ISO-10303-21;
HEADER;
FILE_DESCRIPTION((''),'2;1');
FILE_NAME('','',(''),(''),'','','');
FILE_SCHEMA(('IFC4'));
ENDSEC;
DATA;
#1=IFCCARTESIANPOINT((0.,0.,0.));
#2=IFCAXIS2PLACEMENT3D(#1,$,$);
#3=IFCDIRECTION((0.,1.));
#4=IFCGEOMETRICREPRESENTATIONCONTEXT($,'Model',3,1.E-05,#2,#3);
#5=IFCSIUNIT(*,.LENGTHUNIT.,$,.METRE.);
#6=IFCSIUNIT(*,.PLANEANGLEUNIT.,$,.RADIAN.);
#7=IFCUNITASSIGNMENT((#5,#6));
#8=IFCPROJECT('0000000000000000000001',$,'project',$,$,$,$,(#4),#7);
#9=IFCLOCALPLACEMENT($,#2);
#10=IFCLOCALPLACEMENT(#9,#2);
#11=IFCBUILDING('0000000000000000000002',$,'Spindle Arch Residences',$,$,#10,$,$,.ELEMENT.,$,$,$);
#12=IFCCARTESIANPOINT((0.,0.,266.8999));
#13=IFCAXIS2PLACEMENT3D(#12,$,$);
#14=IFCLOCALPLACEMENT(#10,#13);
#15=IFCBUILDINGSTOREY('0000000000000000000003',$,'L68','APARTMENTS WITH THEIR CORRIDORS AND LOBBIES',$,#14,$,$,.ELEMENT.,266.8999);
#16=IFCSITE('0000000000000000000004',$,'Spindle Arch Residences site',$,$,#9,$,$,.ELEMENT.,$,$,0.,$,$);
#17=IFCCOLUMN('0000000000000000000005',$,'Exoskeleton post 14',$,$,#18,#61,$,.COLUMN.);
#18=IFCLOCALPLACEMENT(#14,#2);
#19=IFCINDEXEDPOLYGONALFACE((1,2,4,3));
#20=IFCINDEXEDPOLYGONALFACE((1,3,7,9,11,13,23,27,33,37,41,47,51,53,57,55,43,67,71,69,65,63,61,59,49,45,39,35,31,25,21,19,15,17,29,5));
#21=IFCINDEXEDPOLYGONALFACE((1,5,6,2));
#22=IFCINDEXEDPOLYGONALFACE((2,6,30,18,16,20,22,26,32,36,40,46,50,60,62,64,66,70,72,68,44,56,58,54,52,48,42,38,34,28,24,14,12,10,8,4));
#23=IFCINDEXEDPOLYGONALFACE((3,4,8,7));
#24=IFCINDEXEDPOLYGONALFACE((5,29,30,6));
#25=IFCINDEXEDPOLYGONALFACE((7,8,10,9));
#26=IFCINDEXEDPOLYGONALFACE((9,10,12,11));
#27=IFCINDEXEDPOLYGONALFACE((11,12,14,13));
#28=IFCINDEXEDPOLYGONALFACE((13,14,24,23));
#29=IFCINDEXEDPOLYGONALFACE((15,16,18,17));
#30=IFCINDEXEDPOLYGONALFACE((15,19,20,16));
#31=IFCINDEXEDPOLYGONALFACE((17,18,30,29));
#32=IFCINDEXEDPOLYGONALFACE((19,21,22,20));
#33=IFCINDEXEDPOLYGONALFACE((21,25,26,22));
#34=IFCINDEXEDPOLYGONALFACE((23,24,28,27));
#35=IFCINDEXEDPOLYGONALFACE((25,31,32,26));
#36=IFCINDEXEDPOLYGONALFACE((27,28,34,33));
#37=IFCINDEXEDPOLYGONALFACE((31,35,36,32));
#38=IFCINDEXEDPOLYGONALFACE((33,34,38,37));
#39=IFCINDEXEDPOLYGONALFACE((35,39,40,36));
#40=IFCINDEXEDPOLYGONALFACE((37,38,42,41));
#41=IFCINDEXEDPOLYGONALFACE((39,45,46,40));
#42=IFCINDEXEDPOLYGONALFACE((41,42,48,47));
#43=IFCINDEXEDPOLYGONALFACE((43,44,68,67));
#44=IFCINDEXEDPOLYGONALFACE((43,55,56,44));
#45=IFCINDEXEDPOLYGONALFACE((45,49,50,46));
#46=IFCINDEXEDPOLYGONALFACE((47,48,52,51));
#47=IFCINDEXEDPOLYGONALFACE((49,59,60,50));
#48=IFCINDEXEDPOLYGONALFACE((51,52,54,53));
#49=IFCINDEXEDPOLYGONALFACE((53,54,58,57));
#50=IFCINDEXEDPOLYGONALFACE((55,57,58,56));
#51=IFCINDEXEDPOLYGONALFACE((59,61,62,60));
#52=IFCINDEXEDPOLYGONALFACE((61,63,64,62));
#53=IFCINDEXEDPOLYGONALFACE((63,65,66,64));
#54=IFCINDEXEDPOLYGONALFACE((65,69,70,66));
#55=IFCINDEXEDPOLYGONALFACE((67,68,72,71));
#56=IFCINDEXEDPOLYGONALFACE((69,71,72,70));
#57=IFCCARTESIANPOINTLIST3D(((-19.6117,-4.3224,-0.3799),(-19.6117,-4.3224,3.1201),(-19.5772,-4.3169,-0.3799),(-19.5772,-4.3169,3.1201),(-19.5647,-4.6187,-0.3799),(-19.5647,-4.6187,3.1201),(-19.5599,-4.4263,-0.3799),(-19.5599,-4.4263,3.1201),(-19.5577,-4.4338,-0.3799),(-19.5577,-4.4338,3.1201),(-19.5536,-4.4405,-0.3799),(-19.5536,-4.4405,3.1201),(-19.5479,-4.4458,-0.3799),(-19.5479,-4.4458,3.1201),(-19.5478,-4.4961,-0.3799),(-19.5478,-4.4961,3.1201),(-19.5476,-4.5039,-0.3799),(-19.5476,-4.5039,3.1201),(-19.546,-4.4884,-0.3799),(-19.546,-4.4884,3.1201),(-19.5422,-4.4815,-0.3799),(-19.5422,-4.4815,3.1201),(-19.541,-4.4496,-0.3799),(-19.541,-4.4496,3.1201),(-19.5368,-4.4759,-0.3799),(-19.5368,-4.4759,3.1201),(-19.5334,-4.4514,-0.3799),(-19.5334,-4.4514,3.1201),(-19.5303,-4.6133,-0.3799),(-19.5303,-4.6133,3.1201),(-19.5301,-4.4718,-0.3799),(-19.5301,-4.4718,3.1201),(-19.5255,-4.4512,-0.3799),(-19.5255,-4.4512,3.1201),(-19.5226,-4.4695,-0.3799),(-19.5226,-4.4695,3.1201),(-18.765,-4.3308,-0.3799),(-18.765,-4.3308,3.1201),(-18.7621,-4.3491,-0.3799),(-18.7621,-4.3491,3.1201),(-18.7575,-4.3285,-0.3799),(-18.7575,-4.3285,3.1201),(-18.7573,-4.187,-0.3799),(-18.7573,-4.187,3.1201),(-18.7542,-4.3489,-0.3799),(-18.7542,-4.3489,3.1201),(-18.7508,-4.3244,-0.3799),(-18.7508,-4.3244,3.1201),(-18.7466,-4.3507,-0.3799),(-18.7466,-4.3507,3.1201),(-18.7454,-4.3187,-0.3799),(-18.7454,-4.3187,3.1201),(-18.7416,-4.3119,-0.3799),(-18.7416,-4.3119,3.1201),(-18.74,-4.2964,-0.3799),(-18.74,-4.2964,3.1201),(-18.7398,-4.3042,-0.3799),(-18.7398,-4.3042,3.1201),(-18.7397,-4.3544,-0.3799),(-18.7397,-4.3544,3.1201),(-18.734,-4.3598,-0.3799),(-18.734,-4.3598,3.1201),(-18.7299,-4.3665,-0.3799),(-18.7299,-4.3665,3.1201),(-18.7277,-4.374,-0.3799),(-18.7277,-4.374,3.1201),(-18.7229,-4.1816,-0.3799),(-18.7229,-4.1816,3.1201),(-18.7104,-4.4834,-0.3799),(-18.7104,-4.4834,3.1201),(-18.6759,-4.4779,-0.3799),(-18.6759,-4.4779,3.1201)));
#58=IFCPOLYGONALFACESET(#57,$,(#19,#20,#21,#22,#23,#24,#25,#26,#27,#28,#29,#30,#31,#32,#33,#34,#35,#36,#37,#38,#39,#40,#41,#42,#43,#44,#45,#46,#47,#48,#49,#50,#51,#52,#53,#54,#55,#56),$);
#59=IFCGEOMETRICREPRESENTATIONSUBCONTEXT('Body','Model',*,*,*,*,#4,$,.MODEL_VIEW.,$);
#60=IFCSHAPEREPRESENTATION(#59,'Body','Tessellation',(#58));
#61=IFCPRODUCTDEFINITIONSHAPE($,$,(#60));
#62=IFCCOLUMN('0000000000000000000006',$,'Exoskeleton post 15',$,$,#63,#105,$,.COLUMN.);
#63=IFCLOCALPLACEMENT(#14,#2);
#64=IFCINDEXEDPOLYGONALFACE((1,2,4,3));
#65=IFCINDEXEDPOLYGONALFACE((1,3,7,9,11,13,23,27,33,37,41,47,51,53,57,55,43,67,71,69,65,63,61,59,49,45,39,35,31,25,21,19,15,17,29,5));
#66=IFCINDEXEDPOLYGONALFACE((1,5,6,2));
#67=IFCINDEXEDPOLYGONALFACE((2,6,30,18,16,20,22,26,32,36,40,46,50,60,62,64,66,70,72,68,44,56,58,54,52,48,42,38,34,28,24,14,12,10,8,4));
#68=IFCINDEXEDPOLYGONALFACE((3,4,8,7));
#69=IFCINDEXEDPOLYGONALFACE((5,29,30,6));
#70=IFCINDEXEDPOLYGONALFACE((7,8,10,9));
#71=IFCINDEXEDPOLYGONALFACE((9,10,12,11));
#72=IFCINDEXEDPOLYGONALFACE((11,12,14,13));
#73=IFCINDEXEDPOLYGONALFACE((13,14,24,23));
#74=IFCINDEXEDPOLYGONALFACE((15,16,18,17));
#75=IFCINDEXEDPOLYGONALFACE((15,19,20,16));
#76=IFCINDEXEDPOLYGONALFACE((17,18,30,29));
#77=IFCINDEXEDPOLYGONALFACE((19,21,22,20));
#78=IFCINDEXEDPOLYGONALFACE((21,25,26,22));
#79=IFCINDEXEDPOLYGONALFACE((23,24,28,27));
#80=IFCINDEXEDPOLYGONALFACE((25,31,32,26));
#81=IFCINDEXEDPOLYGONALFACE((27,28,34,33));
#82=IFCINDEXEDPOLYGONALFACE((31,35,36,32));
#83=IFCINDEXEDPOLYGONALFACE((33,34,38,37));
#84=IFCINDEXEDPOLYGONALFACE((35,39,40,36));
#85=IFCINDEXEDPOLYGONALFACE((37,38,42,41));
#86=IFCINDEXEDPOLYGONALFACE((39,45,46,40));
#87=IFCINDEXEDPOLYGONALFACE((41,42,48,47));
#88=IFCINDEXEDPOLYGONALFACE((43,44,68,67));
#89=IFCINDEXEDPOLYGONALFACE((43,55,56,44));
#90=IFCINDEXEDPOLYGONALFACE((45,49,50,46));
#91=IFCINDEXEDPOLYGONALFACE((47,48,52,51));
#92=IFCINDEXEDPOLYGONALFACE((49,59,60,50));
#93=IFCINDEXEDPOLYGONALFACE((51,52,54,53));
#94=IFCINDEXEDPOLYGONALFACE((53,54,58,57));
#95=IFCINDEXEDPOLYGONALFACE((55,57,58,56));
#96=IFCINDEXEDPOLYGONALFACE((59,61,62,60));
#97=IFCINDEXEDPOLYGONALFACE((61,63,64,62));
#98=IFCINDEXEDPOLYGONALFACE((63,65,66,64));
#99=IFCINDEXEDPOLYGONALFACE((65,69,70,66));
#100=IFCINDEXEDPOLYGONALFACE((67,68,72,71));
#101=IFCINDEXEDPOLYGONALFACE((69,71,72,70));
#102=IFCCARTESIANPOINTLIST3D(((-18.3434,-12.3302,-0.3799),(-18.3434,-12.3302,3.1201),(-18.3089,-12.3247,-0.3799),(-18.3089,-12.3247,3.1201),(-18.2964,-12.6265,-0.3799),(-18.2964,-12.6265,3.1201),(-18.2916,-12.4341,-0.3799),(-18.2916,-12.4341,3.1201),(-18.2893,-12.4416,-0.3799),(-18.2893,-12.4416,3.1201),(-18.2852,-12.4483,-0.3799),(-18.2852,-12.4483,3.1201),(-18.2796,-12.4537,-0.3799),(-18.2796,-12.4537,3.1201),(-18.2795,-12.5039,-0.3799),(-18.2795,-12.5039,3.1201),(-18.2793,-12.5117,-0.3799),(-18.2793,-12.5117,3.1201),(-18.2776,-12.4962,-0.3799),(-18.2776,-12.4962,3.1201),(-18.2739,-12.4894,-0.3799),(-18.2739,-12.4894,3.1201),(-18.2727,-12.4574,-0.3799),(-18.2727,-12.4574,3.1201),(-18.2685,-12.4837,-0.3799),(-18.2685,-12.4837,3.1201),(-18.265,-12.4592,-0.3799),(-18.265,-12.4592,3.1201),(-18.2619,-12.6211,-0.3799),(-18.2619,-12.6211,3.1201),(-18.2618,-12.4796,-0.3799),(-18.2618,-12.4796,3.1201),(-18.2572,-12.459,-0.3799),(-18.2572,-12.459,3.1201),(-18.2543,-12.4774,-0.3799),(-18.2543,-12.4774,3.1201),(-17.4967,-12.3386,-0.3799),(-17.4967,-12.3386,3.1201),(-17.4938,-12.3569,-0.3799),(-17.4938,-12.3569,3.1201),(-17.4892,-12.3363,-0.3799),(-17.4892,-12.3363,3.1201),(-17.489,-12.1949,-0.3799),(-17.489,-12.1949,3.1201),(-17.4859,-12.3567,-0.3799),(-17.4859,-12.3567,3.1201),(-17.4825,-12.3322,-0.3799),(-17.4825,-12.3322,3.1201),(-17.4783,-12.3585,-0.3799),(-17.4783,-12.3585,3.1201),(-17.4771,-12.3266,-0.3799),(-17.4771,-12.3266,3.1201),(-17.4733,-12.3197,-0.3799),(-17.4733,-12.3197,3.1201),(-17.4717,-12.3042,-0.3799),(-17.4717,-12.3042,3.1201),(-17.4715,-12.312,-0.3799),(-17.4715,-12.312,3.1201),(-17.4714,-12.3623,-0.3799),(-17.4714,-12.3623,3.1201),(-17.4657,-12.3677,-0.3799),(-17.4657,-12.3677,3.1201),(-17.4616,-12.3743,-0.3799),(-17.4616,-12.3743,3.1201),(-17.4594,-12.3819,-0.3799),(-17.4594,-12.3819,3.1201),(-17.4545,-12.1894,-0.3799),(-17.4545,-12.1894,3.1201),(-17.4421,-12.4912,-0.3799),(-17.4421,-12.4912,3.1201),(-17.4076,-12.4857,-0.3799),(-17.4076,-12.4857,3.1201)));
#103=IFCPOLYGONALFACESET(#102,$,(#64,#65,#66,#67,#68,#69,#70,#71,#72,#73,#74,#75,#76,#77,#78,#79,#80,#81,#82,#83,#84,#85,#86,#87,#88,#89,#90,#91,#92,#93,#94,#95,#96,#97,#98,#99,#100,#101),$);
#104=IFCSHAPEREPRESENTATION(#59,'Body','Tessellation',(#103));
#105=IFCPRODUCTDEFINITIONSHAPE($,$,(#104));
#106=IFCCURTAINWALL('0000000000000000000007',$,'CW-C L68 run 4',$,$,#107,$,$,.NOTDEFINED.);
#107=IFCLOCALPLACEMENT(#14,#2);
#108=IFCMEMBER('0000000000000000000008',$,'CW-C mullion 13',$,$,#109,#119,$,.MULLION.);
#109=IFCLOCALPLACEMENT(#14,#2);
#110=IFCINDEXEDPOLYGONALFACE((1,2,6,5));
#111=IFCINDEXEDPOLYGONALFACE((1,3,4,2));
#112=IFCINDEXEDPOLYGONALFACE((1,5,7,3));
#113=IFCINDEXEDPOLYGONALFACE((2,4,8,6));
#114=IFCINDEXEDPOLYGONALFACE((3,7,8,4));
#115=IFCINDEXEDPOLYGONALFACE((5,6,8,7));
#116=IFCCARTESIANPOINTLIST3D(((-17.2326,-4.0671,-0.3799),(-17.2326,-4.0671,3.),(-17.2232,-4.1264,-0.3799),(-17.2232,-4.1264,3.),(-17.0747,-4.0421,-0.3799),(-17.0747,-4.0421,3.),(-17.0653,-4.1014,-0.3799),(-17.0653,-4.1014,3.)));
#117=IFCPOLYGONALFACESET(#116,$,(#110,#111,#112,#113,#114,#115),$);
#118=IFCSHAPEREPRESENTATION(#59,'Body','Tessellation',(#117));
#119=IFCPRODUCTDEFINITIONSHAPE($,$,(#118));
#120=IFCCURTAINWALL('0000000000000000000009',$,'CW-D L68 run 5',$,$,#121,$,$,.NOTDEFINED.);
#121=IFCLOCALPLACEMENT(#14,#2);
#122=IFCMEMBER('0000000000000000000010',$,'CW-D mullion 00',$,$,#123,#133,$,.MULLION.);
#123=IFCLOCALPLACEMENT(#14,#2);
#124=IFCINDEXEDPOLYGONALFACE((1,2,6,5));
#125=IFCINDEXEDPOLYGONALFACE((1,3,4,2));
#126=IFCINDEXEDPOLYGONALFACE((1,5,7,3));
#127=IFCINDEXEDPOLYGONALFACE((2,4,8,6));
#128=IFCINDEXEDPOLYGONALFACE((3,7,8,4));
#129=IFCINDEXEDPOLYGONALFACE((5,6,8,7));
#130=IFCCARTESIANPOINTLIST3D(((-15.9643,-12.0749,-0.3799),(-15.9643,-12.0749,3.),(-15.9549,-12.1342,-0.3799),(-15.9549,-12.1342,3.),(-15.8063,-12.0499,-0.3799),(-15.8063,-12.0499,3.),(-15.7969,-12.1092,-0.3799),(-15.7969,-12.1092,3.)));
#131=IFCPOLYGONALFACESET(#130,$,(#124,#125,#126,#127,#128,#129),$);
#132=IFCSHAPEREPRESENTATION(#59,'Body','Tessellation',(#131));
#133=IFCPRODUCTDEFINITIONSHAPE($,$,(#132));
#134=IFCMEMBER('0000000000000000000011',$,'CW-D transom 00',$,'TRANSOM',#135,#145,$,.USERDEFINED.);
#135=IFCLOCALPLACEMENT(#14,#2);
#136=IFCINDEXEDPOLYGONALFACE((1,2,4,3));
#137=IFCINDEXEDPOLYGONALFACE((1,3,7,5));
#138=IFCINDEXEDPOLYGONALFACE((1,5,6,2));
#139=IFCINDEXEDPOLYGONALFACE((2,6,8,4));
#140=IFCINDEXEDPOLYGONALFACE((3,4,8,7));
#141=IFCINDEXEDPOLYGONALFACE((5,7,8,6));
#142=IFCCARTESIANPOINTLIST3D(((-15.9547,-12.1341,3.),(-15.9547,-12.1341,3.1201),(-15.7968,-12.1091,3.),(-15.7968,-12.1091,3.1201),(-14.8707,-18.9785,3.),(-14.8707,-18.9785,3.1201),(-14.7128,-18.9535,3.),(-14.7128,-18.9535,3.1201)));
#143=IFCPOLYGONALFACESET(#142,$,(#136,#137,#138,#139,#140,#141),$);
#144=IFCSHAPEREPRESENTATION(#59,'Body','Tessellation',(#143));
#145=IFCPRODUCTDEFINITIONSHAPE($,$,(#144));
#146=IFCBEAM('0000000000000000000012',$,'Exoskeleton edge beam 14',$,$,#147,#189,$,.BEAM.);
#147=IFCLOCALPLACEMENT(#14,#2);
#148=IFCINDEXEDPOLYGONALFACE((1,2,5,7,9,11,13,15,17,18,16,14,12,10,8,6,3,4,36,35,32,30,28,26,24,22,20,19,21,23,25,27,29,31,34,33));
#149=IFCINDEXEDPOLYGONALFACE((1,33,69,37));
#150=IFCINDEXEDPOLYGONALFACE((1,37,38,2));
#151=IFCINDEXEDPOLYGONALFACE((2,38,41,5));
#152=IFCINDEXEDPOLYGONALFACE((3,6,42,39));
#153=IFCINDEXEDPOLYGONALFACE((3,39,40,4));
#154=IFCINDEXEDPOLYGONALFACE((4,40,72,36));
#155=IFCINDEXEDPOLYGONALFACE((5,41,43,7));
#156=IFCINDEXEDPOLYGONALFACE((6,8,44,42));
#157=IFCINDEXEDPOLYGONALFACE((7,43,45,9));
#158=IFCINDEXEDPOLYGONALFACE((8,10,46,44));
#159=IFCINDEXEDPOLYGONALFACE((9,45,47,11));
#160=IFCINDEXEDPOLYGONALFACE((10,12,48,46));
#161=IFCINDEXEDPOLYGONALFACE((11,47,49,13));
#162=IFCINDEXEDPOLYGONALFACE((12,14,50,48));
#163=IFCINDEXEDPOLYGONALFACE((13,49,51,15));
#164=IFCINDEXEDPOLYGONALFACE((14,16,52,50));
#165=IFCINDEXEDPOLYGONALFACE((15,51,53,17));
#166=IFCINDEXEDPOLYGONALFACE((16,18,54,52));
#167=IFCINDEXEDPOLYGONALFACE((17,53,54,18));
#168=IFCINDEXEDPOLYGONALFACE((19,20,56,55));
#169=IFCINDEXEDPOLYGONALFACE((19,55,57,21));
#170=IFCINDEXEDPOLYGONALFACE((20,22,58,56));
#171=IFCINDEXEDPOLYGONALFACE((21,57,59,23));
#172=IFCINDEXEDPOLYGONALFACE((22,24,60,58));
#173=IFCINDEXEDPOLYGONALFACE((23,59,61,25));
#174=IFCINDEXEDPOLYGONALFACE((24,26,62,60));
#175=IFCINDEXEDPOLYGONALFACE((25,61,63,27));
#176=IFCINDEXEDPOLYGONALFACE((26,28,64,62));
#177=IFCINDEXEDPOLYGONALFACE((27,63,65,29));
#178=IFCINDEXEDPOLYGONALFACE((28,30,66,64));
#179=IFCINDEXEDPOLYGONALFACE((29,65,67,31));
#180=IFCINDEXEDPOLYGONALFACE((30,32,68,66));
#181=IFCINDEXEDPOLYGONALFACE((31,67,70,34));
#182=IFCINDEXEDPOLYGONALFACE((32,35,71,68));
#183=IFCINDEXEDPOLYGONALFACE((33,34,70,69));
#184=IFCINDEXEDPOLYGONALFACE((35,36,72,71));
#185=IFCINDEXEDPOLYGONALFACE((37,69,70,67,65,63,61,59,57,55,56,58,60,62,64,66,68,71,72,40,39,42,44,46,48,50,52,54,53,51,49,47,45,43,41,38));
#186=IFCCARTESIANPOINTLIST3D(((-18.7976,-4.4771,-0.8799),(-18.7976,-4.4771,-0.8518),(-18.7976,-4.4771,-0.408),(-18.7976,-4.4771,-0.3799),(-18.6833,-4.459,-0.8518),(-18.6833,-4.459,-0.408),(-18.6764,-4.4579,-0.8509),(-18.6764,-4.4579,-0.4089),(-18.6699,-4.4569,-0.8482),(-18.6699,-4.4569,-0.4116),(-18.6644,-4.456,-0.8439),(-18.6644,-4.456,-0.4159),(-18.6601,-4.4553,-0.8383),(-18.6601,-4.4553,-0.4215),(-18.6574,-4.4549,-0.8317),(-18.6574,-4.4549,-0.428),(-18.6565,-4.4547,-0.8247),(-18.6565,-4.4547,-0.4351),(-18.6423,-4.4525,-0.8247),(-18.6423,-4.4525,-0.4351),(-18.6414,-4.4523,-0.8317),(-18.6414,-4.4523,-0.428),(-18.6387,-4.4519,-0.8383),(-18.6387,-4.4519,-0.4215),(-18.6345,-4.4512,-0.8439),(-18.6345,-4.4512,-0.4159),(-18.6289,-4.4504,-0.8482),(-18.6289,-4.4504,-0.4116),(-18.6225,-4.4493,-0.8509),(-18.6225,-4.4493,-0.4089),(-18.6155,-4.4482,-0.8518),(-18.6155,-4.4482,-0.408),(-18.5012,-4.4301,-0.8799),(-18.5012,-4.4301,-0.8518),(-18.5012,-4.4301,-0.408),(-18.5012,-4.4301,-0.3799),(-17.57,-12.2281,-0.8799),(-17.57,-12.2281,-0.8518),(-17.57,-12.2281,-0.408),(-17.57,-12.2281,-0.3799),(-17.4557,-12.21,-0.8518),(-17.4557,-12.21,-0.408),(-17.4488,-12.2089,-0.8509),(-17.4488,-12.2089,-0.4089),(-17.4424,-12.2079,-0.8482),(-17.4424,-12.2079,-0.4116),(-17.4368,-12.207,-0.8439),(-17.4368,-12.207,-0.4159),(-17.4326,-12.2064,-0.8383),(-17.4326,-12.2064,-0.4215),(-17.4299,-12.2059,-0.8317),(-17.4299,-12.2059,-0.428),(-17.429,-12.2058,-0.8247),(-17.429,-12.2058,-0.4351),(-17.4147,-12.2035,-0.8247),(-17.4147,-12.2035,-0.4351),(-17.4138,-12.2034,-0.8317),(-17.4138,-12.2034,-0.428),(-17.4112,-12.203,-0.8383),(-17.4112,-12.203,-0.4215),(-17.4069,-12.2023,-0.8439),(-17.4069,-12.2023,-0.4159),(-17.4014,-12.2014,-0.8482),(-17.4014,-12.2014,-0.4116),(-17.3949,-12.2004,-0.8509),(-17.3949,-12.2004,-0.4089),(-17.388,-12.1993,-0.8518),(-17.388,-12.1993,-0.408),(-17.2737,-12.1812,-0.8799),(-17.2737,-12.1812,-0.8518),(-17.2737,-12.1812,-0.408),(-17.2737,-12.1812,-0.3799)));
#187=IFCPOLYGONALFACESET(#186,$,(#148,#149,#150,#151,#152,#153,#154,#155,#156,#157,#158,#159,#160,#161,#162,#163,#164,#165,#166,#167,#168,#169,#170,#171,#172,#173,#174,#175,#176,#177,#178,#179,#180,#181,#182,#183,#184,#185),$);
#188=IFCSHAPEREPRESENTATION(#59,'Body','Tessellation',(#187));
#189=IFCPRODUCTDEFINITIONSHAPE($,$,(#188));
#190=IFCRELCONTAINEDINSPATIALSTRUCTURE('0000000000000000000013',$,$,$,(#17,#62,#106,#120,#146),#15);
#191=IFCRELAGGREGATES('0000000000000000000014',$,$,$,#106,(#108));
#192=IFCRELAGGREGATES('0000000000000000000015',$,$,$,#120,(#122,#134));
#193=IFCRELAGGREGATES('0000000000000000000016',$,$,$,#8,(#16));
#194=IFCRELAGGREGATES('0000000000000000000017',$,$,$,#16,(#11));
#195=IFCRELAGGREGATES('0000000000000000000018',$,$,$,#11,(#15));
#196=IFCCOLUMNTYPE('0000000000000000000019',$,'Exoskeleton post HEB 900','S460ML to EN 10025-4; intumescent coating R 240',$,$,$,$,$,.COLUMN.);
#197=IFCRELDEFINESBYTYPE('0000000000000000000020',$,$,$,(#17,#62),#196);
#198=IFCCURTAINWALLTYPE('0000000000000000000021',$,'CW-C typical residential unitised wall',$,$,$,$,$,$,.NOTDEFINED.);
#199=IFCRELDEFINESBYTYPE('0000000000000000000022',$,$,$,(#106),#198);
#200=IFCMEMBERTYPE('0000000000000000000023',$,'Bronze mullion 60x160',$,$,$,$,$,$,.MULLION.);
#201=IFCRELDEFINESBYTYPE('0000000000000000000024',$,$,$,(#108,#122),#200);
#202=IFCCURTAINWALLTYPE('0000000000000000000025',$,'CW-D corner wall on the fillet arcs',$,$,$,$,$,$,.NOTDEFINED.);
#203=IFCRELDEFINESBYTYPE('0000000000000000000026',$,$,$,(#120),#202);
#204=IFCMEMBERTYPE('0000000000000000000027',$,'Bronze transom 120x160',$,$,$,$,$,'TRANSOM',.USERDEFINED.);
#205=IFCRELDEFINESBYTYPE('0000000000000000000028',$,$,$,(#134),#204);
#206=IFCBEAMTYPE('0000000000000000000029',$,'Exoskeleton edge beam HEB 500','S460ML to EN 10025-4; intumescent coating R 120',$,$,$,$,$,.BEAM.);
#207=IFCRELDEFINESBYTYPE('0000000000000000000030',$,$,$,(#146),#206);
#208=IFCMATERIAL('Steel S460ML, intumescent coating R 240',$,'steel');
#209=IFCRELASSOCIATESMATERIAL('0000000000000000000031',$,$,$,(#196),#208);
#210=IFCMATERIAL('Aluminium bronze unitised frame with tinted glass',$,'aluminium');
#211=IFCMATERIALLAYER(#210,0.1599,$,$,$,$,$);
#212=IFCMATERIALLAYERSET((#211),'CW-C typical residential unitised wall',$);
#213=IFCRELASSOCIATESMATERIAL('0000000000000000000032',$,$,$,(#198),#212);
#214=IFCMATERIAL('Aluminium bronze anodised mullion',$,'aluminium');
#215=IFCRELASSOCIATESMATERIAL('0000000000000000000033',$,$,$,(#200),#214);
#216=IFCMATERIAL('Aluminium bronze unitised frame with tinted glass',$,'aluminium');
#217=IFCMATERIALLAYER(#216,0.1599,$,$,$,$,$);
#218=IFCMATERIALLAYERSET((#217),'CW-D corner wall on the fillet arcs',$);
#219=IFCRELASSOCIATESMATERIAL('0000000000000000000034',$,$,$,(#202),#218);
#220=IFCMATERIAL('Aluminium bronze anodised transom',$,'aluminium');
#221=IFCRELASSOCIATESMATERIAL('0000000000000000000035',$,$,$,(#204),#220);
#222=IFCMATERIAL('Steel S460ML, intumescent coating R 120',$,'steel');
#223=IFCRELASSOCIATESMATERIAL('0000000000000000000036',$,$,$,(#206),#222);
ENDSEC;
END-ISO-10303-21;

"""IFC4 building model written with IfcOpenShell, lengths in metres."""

from ifc_helpers import new_model, si_unit, direction, frame, origin, origin_2d, place, context, subcontext, project, spatial, rectangle, i_section, extrude, material, layer, layer_set, material_profile, profile_set, type_object, element, aggregate, save


model = new_model("IFC4")

# Units and contexts
model_context = context("Model", 3, precision=1e-05, world=origin(), true_north=direction((0.0, 1.0)))
body_context = subcontext(model_context, "Body", "Model", "MODEL_VIEW")
ifc_project = project(units=[si_unit("LENGTHUNIT", "METRE"), si_unit("PLANEANGLEUNIT", "RADIAN")], contexts=[model_context])

# Site, building, storey
site_placement = place(None, origin())
site = spatial("IfcSite", under=ifc_project, at=site_placement, Name="Spindle Arch Residences site", CompositionType="ELEMENT", RefElevation=0.0)
building_placement = place(site_placement, origin())
building = spatial("IfcBuilding", under=site, at=building_placement, Name="Spindle Arch Residences", CompositionType="ELEMENT")
storey_placement = place(building_placement, frame((0.0, 0.0, 266.8999)))
storey = spatial("IfcBuildingStorey", under=building, at=storey_placement, Name="L68", Description="APARTMENTS WITH THEIR CORRIDORS AND LOBBIES", CompositionType="ELEMENT", Elevation=266.8999)

# Columns
ifc_material_1 = material(Name="Steel S460ML, intumescent coating R 240", Category="steel")
ifc_material_profile_1 = material_profile(ifc_material_1, i_section(OverallWidth=0.3, OverallDepth=0.8999, WebThickness=0.0186, FlangeThickness=0.0349, FilletRadius=0.03, at=origin_2d()), Name="HEB 900")
ifc_profile_set_1 = profile_set([ifc_material_profile_1], Name="Steel S460ML, intumescent coating R 240")
column_type = type_object("IfcColumnType", Name="Exoskeleton post HEB 900", Description="S460ML to EN 10025-4; intumescent coating R 240", PredefinedType="COLUMN", material=ifc_profile_set_1)
for number, where, z_axis, x_axis, name in (
    (1, (-19.1438, -4.4001, -0.3799), (0.0, 0.0, 1.0), (-0.156434, 0.987688, 0.0), "Exoskeleton post 14"),
    (2, (-17.8755, -12.408, -0.3799), (0.0, 0.0, 1.0), (-0.156434, 0.987688, 0.0), "Exoskeleton post 15"),
):
    element("IfcColumn", number, at=place(storey_placement, frame(where, z_axis=z_axis, x_axis=x_axis)), inside=storey, type_object=column_type, Name=name, PredefinedType="COLUMN", context=body_context, shape_type="SweptSolid", body=[
        extrude(i_section(OverallWidth=0.3, OverallDepth=0.8999, WebThickness=0.0186, FlangeThickness=0.0349, FilletRadius=0.03, at=origin_2d()), origin(), (0.0, 0.0, 1.0), 3.5),
    ])

# Curtain wall, member
ifc_material_2 = material(Name="Aluminium bronze unitised frame with tinted glass", Category="aluminium")
ifc_layer_1 = layer(ifc_material_2, 0.1599)
ifc_layer_set_1 = layer_set([ifc_layer_1], Name="CW-C typical residential unitised wall")
curtain_wall_type_1 = type_object("IfcCurtainWallType", Name="CW-C typical residential unitised wall", PredefinedType="NOTDEFINED", material=ifc_layer_set_1)
curtain_wall_1_placement = place(storey_placement, origin())
curtain_wall_1 = element("IfcCurtainWall", 3, at=curtain_wall_1_placement, inside=storey, type_object=curtain_wall_type_1, Name="CW-C L68 run 4", PredefinedType="NOTDEFINED")
ifc_material_3 = material(Name="Aluminium bronze anodised mullion", Category="aluminium")
ifc_material_profile_2 = material_profile(ifc_material_3, rectangle(XDim=0.1599, YDim=0.0601, at=origin_2d()), Name="MU 60x160")
ifc_profile_set_2 = profile_set([ifc_material_profile_2], Name="Aluminium bronze anodised mullion")
member_type_1 = type_object("IfcMemberType", Name="Bronze mullion 60x160", PredefinedType="MULLION", material=ifc_profile_set_2)
member_1_placement = place(storey_placement, frame((-17.1489, -4.0842, -0.3799), z_axis=(0.0, 0.0, 1.0), x_axis=(0.987688, 0.156434, 0.0)))
member_1 = element("IfcMember", 4, at=member_1_placement, type_object=member_type_1, Name="CW-C mullion 13", PredefinedType="MULLION", context=body_context, shape_type="SweptSolid", body=[
    extrude(rectangle(XDim=0.1599, YDim=0.0601, at=origin_2d()), origin(), (0.0, 0.0, 1.0), 3.3799),
])

# Curtain wall, members
ifc_material_4 = material(Name="Aluminium bronze unitised frame with tinted glass", Category="aluminium")
ifc_layer_2 = layer(ifc_material_4, 0.1599)
ifc_layer_set_2 = layer_set([ifc_layer_2], Name="CW-D corner wall on the fillet arcs")
curtain_wall_type_2 = type_object("IfcCurtainWallType", Name="CW-D corner wall on the fillet arcs", PredefinedType="NOTDEFINED", material=ifc_layer_set_2)
curtain_wall_2_placement = place(storey_placement, origin())
curtain_wall_2 = element("IfcCurtainWall", 5, at=curtain_wall_2_placement, inside=storey, type_object=curtain_wall_type_2, Name="CW-D L68 run 5", PredefinedType="NOTDEFINED")
member_2_placement = place(storey_placement, frame((-15.8806, -12.092, -0.3799), z_axis=(0.0, 0.0, 1.0), x_axis=(0.987688, 0.156434, 0.0)))
member_2 = element("IfcMember", 6, at=member_2_placement, type_object=member_type_1, Name="CW-D mullion 00", PredefinedType="MULLION", context=body_context, shape_type="SweptSolid", body=[
    extrude(rectangle(XDim=0.1599, YDim=0.0601, at=origin_2d()), origin(), (0.0, 0.0, 1.0), 3.3799),
])
ifc_material_5 = material(Name="Aluminium bronze anodised transom", Category="aluminium")
ifc_material_profile_3 = material_profile(ifc_material_5, rectangle(XDim=0.1599, YDim=0.1201, at=origin_2d()), Name="TR 120x160")
ifc_profile_set_3 = profile_set([ifc_material_profile_3], Name="Aluminium bronze anodised transom")
member_type_2 = type_object("IfcMemberType", Name="Bronze transom 120x160", ElementType="TRANSOM", PredefinedType="USERDEFINED", material=ifc_profile_set_3)
member_3_placement = place(storey_placement, frame((-15.8757, -12.1216, 3.0601), z_axis=(0.156424, -0.98769, 0.0), x_axis=(0.98769, 0.156424, 0.0)))
member_3 = element("IfcMember", 7, at=member_3_placement, type_object=member_type_2, Name="CW-D transom 00", ObjectType="TRANSOM", PredefinedType="USERDEFINED", context=body_context, shape_type="SweptSolid", body=[
    extrude(rectangle(XDim=0.1599, YDim=0.1201, at=origin_2d()), origin(), (0.0, 0.0, 1.0), 6.9297),
])

# Beam
ifc_material_6 = material(Name="Steel S460ML, intumescent coating R 120", Category="steel")
ifc_material_profile_4 = material_profile(ifc_material_6, i_section(OverallWidth=0.3, OverallDepth=0.5, WebThickness=0.0144, FlangeThickness=0.0281, FilletRadius=0.0271, at=origin_2d()), Name="HEB 500")
ifc_profile_set_4 = profile_set([ifc_material_profile_4], Name="Steel S460ML, intumescent coating R 120")
beam_type_1 = type_object("IfcBeamType", Name="Exoskeleton edge beam HEB 500", Description="S460ML to EN 10025-4; intumescent coating R 120", PredefinedType="BEAM", material=ifc_profile_set_4)
beam_1_placement = place(storey_placement, frame((-18.6494, -4.4536, -0.6299), z_axis=(0.156423, -0.98769, 0.0), x_axis=(0.98769, 0.156423, 0.0)))
element("IfcBeam", 8, at=beam_1_placement, inside=storey, type_object=beam_type_1, Name="Exoskeleton edge beam 14", PredefinedType="BEAM", context=body_context, shape_type="SweptSolid", body=[
    extrude(i_section(OverallWidth=0.3, OverallDepth=0.5, WebThickness=0.0144, FlangeThickness=0.0281, FilletRadius=0.0271, at=origin_2d()), origin(), (0.0, 0.0, 1.0), 7.8477),
])

aggregate(curtain_wall_1, [member_1])
aggregate(curtain_wall_2, [member_2, member_3])

save(model, "model.ifc")
